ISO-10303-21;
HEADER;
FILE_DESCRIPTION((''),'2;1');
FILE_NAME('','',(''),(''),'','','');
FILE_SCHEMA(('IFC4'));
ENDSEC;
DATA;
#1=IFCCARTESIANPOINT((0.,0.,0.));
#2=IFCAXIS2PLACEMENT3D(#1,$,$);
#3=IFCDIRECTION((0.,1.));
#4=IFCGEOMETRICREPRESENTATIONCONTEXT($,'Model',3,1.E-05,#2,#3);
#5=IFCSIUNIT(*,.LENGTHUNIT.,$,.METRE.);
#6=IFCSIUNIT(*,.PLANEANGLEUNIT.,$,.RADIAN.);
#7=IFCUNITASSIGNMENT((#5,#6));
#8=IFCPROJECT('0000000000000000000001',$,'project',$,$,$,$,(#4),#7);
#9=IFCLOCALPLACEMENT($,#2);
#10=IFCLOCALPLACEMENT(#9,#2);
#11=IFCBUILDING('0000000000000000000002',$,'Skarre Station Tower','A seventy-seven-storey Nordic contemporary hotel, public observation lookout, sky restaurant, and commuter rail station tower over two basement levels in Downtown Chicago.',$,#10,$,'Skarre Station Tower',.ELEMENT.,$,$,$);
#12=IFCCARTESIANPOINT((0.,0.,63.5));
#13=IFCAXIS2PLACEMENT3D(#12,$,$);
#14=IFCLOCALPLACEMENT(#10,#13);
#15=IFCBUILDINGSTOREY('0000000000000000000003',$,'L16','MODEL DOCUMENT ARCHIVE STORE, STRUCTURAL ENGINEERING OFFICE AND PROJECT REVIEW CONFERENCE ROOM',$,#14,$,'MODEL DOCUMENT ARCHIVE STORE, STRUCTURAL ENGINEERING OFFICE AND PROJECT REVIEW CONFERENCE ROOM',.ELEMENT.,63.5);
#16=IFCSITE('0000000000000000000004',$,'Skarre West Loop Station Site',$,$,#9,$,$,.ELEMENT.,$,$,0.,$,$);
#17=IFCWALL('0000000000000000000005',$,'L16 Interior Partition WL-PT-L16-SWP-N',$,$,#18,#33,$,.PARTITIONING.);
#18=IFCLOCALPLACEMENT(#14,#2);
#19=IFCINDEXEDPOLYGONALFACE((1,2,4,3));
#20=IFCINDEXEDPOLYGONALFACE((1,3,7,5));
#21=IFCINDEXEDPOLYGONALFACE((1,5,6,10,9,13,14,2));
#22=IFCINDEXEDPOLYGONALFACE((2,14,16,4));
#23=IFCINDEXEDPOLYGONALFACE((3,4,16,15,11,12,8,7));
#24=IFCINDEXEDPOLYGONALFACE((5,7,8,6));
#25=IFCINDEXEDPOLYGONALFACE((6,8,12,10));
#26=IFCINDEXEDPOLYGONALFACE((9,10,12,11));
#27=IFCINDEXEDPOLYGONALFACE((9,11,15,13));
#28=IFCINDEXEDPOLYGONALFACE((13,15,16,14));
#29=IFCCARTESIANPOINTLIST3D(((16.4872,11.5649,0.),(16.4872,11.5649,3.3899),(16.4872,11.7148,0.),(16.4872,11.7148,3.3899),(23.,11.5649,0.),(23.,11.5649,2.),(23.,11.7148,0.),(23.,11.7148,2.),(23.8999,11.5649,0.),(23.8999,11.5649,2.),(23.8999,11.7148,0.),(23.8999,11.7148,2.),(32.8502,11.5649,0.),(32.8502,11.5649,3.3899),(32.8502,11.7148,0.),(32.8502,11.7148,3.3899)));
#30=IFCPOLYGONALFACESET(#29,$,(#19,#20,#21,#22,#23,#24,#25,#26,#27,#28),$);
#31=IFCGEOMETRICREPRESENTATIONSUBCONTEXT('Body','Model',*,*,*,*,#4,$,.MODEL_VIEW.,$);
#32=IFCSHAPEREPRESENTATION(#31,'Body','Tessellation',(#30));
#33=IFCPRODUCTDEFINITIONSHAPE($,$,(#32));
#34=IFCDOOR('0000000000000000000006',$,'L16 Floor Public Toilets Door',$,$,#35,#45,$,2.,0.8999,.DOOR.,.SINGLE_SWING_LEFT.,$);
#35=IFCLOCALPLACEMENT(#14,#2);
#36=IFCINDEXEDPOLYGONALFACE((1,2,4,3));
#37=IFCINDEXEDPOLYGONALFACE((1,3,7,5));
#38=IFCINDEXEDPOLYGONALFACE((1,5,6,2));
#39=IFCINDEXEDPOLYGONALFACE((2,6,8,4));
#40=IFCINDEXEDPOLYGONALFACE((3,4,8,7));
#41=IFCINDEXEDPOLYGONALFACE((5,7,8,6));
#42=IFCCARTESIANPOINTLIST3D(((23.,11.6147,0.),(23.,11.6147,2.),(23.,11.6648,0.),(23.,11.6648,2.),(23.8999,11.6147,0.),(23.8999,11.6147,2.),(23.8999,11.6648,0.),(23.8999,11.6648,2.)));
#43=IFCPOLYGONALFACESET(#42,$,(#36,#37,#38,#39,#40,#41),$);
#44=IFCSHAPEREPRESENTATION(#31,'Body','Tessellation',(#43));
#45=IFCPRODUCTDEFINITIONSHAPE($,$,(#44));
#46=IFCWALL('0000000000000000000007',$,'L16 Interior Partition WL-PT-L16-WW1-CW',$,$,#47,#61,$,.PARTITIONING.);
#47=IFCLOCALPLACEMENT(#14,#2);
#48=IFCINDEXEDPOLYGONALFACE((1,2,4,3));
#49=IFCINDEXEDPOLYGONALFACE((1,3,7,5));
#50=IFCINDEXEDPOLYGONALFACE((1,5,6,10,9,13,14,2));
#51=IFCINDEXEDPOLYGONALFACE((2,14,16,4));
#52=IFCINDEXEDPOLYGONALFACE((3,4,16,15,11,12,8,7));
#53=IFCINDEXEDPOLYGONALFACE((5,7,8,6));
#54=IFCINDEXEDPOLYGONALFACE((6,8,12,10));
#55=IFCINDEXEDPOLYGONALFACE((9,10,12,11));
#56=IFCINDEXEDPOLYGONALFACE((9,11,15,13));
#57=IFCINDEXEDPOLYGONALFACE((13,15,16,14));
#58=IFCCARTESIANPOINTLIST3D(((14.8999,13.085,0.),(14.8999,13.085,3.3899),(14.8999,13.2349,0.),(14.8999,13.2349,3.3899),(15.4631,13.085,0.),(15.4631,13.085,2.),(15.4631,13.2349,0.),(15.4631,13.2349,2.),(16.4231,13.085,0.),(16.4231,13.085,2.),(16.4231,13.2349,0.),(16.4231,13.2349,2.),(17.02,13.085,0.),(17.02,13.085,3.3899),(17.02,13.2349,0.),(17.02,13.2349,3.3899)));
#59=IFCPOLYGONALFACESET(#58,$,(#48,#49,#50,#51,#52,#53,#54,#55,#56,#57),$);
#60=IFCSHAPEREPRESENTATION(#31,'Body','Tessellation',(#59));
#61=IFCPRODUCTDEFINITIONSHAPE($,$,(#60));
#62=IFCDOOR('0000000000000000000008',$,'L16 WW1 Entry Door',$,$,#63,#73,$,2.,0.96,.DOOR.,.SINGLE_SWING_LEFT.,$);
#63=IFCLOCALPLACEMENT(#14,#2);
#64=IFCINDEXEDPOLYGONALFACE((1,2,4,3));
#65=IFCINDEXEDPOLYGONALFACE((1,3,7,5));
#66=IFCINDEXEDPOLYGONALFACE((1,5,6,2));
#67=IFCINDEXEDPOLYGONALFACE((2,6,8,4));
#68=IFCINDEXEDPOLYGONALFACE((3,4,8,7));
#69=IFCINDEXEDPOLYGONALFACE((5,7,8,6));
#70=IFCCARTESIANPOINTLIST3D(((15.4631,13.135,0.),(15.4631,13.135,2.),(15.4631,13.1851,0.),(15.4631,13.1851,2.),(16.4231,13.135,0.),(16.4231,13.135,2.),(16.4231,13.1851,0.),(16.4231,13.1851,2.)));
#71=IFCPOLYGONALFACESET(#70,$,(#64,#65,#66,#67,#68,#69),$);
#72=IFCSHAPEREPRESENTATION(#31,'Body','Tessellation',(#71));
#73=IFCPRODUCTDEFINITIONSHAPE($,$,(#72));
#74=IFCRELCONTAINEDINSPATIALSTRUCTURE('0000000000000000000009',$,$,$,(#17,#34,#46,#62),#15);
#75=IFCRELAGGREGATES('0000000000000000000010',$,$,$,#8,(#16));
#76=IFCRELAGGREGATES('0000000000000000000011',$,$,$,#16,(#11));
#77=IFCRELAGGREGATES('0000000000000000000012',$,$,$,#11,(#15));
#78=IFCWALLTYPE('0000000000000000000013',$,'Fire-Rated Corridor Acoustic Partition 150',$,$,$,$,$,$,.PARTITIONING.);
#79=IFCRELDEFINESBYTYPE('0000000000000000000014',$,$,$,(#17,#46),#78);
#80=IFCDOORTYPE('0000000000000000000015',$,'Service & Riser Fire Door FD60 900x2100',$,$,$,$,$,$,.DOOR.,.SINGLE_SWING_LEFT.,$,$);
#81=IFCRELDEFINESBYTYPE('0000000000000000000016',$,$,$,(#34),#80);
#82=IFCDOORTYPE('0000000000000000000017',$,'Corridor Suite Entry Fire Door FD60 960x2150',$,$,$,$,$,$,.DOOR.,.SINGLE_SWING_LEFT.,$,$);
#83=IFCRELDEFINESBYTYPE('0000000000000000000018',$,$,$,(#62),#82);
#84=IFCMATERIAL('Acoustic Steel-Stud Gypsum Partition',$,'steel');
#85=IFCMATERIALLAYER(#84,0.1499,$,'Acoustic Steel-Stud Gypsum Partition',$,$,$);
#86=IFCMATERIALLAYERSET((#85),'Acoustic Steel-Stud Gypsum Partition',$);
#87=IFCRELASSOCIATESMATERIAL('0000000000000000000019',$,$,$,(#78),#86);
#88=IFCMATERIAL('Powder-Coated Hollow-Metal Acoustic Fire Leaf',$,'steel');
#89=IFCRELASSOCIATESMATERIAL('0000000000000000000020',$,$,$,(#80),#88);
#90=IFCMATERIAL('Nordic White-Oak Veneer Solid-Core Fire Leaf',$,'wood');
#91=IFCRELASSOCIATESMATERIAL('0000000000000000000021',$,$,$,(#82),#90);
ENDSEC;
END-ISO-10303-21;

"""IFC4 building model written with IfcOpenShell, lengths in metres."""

from ifc_helpers import new_model, si_unit, direction, frame, frame_2d, origin, place, context, subcontext, project, spatial, rectangle, extrude, material, layer, layer_set, type_object, element, fill, save


model = new_model("IFC4")

# Units and contexts
model_context = context("Model", 3, precision=1e-05, world=origin(), true_north=direction((0.0, 1.0)))
body_context = subcontext(model_context, "Body", "Model", "MODEL_VIEW")
ifc_project = project(units=[si_unit("LENGTHUNIT", "METRE"), si_unit("PLANEANGLEUNIT", "RADIAN")], contexts=[model_context])

# Site, building, storey
site_placement = place(None, origin())
site = spatial("IfcSite", under=ifc_project, at=site_placement, Name="Skarre West Loop Station Site", CompositionType="ELEMENT", RefElevation=0.0)
building_placement = place(site_placement, origin())
building = spatial("IfcBuilding", under=site, at=building_placement, Name="Skarre Station Tower", Description="A seventy-seven-storey Nordic contemporary hotel, public observation lookout, sky restaurant, and commuter rail station tower over two basement levels in Downtown Chicago.", LongName="Skarre Station Tower", CompositionType="ELEMENT")
storey_placement = place(building_placement, frame((0.0, 0.0, 63.5)))
storey = spatial("IfcBuildingStorey", under=building, at=storey_placement, Name="L16", Description="MODEL DOCUMENT ARCHIVE STORE, STRUCTURAL ENGINEERING OFFICE AND PROJECT REVIEW CONFERENCE ROOM", LongName="MODEL DOCUMENT ARCHIVE STORE, STRUCTURAL ENGINEERING OFFICE AND PROJECT REVIEW CONFERENCE ROOM", CompositionType="ELEMENT", Elevation=63.5)

# Shared definitions
ifc_material_1 = material(Name="Acoustic Steel-Stud Gypsum Partition", Category="steel")
ifc_layer_1 = layer(ifc_material_1, 0.1499, Name="Acoustic Steel-Stud Gypsum Partition")
ifc_layer_set_1 = layer_set([ifc_layer_1], Name="Acoustic Steel-Stud Gypsum Partition")
wall_type_1 = type_object("IfcWallType", Name="Fire-Rated Corridor Acoustic Partition 150", PredefinedType="PARTITIONING", material=ifc_layer_set_1)

# Walls, openings, doors
wall_1_placement = place(storey_placement, frame((16.4871, 11.6399, 0.0), z_axis=(0.0, 0.0, 1.0), x_axis=(1.0, 0.0, 0.0)))
wall_1 = element("IfcWall", 1, at=wall_1_placement, inside=storey, type_object=wall_type_1, Name="L16 Interior Partition WL-PT-L16-SWP-N", PredefinedType="PARTITIONING", context=body_context, shape_type="SweptSolid", body=[
    extrude(rectangle(XDim=16.363, YDim=0.1499, at=frame_2d((8.1816, 0.0))), origin(), (0.0, 0.0, 1.0), 3.3899),
])
opening_1_placement = place(wall_1_placement, frame((6.5129, 0.0, 0.0)))
opening_1 = element("IfcOpeningElement", 2, at=opening_1_placement, cuts=wall_1, PredefinedType="OPENING", context=body_context, shape_type="SweptSolid", body=[
    extrude(rectangle(XDim=0.8999, YDim=2.0, at=frame_2d((0.45, 1.0))), frame((0.0, 0.085, 0.0), z_axis=(0.0, -1.0, 0.0), x_axis=(1.0, 0.0, 0.0)), (0.0, 0.0, 1.0), 0.1699),
])
ifc_material_2 = material(Name="Powder-Coated Hollow-Metal Acoustic Fire Leaf", Category="steel")
door_type_1 = type_object("IfcDoorType", Name="Service & Riser Fire Door FD60 900x2100", OperationType="SINGLE_SWING_LEFT", PredefinedType="DOOR", material=ifc_material_2)
door_1_placement = place(opening_1_placement, origin())
door_1 = element("IfcDoor", 3, at=door_1_placement, inside=storey, type_object=door_type_1, Name="L16 Floor Public Toilets Door", OperationType="SINGLE_SWING_LEFT", OverallHeight=2.0, OverallWidth=0.8999, PredefinedType="DOOR", context=body_context, shape_type="SweptSolid", body=[
    extrude(rectangle(XDim=0.8999, YDim=2.0, at=frame_2d((0.45, 1.0))), frame((0.0, 0.0249, 0.0), z_axis=(0.0, -1.0, 0.0), x_axis=(1.0, 0.0, 0.0)), (0.0, 0.0, 1.0), 0.05),
])
fill(opening_1, door_1)
wall_2_placement = place(storey_placement, frame((17.02, 13.1599, 0.0), z_axis=(0.0, 0.0, 1.0), x_axis=(-1.0, 0.0, 0.0)))
wall_2 = element("IfcWall", 4, at=wall_2_placement, inside=storey, type_object=wall_type_1, Name="L16 Interior Partition WL-PT-L16-WW1-CW", PredefinedType="PARTITIONING", context=body_context, shape_type="SweptSolid", body=[
    extrude(rectangle(XDim=2.1201, YDim=0.1499, at=frame_2d((1.0601, 0.0))), origin(), (0.0, 0.0, 1.0), 3.3899),
])
opening_2_placement = place(wall_2_placement, frame((0.5969, 0.0, 0.0)))
opening_2 = element("IfcOpeningElement", 5, at=opening_2_placement, cuts=wall_2, PredefinedType="OPENING", context=body_context, shape_type="SweptSolid", body=[
    extrude(rectangle(XDim=0.96, YDim=2.0, at=frame_2d((0.48, 1.0))), frame((0.0, 0.085, 0.0), z_axis=(0.0, -1.0, 0.0), x_axis=(1.0, 0.0, 0.0)), (0.0, 0.0, 1.0), 0.1699),
])
ifc_material_3 = material(Name="Nordic White-Oak Veneer Solid-Core Fire Leaf", Category="wood")
door_type_2 = type_object("IfcDoorType", Name="Corridor Suite Entry Fire Door FD60 960x2150", OperationType="SINGLE_SWING_LEFT", PredefinedType="DOOR", material=ifc_material_3)
door_2_placement = place(opening_2_placement, origin())
door_2 = element("IfcDoor", 6, at=door_2_placement, inside=storey, type_object=door_type_2, Name="L16 WW1 Entry Door", OperationType="SINGLE_SWING_LEFT", OverallHeight=2.0, OverallWidth=0.96, PredefinedType="DOOR", context=body_context, shape_type="SweptSolid", body=[
    extrude(rectangle(XDim=0.96, YDim=2.0, at=frame_2d((0.48, 1.0))), frame((0.0, 0.0249, 0.0), z_axis=(0.0, -1.0, 0.0), x_axis=(1.0, 0.0, 0.0)), (0.0, 0.0, 1.0), 0.05),
])
fill(opening_2, door_2)

save(model, "model.ifc")
